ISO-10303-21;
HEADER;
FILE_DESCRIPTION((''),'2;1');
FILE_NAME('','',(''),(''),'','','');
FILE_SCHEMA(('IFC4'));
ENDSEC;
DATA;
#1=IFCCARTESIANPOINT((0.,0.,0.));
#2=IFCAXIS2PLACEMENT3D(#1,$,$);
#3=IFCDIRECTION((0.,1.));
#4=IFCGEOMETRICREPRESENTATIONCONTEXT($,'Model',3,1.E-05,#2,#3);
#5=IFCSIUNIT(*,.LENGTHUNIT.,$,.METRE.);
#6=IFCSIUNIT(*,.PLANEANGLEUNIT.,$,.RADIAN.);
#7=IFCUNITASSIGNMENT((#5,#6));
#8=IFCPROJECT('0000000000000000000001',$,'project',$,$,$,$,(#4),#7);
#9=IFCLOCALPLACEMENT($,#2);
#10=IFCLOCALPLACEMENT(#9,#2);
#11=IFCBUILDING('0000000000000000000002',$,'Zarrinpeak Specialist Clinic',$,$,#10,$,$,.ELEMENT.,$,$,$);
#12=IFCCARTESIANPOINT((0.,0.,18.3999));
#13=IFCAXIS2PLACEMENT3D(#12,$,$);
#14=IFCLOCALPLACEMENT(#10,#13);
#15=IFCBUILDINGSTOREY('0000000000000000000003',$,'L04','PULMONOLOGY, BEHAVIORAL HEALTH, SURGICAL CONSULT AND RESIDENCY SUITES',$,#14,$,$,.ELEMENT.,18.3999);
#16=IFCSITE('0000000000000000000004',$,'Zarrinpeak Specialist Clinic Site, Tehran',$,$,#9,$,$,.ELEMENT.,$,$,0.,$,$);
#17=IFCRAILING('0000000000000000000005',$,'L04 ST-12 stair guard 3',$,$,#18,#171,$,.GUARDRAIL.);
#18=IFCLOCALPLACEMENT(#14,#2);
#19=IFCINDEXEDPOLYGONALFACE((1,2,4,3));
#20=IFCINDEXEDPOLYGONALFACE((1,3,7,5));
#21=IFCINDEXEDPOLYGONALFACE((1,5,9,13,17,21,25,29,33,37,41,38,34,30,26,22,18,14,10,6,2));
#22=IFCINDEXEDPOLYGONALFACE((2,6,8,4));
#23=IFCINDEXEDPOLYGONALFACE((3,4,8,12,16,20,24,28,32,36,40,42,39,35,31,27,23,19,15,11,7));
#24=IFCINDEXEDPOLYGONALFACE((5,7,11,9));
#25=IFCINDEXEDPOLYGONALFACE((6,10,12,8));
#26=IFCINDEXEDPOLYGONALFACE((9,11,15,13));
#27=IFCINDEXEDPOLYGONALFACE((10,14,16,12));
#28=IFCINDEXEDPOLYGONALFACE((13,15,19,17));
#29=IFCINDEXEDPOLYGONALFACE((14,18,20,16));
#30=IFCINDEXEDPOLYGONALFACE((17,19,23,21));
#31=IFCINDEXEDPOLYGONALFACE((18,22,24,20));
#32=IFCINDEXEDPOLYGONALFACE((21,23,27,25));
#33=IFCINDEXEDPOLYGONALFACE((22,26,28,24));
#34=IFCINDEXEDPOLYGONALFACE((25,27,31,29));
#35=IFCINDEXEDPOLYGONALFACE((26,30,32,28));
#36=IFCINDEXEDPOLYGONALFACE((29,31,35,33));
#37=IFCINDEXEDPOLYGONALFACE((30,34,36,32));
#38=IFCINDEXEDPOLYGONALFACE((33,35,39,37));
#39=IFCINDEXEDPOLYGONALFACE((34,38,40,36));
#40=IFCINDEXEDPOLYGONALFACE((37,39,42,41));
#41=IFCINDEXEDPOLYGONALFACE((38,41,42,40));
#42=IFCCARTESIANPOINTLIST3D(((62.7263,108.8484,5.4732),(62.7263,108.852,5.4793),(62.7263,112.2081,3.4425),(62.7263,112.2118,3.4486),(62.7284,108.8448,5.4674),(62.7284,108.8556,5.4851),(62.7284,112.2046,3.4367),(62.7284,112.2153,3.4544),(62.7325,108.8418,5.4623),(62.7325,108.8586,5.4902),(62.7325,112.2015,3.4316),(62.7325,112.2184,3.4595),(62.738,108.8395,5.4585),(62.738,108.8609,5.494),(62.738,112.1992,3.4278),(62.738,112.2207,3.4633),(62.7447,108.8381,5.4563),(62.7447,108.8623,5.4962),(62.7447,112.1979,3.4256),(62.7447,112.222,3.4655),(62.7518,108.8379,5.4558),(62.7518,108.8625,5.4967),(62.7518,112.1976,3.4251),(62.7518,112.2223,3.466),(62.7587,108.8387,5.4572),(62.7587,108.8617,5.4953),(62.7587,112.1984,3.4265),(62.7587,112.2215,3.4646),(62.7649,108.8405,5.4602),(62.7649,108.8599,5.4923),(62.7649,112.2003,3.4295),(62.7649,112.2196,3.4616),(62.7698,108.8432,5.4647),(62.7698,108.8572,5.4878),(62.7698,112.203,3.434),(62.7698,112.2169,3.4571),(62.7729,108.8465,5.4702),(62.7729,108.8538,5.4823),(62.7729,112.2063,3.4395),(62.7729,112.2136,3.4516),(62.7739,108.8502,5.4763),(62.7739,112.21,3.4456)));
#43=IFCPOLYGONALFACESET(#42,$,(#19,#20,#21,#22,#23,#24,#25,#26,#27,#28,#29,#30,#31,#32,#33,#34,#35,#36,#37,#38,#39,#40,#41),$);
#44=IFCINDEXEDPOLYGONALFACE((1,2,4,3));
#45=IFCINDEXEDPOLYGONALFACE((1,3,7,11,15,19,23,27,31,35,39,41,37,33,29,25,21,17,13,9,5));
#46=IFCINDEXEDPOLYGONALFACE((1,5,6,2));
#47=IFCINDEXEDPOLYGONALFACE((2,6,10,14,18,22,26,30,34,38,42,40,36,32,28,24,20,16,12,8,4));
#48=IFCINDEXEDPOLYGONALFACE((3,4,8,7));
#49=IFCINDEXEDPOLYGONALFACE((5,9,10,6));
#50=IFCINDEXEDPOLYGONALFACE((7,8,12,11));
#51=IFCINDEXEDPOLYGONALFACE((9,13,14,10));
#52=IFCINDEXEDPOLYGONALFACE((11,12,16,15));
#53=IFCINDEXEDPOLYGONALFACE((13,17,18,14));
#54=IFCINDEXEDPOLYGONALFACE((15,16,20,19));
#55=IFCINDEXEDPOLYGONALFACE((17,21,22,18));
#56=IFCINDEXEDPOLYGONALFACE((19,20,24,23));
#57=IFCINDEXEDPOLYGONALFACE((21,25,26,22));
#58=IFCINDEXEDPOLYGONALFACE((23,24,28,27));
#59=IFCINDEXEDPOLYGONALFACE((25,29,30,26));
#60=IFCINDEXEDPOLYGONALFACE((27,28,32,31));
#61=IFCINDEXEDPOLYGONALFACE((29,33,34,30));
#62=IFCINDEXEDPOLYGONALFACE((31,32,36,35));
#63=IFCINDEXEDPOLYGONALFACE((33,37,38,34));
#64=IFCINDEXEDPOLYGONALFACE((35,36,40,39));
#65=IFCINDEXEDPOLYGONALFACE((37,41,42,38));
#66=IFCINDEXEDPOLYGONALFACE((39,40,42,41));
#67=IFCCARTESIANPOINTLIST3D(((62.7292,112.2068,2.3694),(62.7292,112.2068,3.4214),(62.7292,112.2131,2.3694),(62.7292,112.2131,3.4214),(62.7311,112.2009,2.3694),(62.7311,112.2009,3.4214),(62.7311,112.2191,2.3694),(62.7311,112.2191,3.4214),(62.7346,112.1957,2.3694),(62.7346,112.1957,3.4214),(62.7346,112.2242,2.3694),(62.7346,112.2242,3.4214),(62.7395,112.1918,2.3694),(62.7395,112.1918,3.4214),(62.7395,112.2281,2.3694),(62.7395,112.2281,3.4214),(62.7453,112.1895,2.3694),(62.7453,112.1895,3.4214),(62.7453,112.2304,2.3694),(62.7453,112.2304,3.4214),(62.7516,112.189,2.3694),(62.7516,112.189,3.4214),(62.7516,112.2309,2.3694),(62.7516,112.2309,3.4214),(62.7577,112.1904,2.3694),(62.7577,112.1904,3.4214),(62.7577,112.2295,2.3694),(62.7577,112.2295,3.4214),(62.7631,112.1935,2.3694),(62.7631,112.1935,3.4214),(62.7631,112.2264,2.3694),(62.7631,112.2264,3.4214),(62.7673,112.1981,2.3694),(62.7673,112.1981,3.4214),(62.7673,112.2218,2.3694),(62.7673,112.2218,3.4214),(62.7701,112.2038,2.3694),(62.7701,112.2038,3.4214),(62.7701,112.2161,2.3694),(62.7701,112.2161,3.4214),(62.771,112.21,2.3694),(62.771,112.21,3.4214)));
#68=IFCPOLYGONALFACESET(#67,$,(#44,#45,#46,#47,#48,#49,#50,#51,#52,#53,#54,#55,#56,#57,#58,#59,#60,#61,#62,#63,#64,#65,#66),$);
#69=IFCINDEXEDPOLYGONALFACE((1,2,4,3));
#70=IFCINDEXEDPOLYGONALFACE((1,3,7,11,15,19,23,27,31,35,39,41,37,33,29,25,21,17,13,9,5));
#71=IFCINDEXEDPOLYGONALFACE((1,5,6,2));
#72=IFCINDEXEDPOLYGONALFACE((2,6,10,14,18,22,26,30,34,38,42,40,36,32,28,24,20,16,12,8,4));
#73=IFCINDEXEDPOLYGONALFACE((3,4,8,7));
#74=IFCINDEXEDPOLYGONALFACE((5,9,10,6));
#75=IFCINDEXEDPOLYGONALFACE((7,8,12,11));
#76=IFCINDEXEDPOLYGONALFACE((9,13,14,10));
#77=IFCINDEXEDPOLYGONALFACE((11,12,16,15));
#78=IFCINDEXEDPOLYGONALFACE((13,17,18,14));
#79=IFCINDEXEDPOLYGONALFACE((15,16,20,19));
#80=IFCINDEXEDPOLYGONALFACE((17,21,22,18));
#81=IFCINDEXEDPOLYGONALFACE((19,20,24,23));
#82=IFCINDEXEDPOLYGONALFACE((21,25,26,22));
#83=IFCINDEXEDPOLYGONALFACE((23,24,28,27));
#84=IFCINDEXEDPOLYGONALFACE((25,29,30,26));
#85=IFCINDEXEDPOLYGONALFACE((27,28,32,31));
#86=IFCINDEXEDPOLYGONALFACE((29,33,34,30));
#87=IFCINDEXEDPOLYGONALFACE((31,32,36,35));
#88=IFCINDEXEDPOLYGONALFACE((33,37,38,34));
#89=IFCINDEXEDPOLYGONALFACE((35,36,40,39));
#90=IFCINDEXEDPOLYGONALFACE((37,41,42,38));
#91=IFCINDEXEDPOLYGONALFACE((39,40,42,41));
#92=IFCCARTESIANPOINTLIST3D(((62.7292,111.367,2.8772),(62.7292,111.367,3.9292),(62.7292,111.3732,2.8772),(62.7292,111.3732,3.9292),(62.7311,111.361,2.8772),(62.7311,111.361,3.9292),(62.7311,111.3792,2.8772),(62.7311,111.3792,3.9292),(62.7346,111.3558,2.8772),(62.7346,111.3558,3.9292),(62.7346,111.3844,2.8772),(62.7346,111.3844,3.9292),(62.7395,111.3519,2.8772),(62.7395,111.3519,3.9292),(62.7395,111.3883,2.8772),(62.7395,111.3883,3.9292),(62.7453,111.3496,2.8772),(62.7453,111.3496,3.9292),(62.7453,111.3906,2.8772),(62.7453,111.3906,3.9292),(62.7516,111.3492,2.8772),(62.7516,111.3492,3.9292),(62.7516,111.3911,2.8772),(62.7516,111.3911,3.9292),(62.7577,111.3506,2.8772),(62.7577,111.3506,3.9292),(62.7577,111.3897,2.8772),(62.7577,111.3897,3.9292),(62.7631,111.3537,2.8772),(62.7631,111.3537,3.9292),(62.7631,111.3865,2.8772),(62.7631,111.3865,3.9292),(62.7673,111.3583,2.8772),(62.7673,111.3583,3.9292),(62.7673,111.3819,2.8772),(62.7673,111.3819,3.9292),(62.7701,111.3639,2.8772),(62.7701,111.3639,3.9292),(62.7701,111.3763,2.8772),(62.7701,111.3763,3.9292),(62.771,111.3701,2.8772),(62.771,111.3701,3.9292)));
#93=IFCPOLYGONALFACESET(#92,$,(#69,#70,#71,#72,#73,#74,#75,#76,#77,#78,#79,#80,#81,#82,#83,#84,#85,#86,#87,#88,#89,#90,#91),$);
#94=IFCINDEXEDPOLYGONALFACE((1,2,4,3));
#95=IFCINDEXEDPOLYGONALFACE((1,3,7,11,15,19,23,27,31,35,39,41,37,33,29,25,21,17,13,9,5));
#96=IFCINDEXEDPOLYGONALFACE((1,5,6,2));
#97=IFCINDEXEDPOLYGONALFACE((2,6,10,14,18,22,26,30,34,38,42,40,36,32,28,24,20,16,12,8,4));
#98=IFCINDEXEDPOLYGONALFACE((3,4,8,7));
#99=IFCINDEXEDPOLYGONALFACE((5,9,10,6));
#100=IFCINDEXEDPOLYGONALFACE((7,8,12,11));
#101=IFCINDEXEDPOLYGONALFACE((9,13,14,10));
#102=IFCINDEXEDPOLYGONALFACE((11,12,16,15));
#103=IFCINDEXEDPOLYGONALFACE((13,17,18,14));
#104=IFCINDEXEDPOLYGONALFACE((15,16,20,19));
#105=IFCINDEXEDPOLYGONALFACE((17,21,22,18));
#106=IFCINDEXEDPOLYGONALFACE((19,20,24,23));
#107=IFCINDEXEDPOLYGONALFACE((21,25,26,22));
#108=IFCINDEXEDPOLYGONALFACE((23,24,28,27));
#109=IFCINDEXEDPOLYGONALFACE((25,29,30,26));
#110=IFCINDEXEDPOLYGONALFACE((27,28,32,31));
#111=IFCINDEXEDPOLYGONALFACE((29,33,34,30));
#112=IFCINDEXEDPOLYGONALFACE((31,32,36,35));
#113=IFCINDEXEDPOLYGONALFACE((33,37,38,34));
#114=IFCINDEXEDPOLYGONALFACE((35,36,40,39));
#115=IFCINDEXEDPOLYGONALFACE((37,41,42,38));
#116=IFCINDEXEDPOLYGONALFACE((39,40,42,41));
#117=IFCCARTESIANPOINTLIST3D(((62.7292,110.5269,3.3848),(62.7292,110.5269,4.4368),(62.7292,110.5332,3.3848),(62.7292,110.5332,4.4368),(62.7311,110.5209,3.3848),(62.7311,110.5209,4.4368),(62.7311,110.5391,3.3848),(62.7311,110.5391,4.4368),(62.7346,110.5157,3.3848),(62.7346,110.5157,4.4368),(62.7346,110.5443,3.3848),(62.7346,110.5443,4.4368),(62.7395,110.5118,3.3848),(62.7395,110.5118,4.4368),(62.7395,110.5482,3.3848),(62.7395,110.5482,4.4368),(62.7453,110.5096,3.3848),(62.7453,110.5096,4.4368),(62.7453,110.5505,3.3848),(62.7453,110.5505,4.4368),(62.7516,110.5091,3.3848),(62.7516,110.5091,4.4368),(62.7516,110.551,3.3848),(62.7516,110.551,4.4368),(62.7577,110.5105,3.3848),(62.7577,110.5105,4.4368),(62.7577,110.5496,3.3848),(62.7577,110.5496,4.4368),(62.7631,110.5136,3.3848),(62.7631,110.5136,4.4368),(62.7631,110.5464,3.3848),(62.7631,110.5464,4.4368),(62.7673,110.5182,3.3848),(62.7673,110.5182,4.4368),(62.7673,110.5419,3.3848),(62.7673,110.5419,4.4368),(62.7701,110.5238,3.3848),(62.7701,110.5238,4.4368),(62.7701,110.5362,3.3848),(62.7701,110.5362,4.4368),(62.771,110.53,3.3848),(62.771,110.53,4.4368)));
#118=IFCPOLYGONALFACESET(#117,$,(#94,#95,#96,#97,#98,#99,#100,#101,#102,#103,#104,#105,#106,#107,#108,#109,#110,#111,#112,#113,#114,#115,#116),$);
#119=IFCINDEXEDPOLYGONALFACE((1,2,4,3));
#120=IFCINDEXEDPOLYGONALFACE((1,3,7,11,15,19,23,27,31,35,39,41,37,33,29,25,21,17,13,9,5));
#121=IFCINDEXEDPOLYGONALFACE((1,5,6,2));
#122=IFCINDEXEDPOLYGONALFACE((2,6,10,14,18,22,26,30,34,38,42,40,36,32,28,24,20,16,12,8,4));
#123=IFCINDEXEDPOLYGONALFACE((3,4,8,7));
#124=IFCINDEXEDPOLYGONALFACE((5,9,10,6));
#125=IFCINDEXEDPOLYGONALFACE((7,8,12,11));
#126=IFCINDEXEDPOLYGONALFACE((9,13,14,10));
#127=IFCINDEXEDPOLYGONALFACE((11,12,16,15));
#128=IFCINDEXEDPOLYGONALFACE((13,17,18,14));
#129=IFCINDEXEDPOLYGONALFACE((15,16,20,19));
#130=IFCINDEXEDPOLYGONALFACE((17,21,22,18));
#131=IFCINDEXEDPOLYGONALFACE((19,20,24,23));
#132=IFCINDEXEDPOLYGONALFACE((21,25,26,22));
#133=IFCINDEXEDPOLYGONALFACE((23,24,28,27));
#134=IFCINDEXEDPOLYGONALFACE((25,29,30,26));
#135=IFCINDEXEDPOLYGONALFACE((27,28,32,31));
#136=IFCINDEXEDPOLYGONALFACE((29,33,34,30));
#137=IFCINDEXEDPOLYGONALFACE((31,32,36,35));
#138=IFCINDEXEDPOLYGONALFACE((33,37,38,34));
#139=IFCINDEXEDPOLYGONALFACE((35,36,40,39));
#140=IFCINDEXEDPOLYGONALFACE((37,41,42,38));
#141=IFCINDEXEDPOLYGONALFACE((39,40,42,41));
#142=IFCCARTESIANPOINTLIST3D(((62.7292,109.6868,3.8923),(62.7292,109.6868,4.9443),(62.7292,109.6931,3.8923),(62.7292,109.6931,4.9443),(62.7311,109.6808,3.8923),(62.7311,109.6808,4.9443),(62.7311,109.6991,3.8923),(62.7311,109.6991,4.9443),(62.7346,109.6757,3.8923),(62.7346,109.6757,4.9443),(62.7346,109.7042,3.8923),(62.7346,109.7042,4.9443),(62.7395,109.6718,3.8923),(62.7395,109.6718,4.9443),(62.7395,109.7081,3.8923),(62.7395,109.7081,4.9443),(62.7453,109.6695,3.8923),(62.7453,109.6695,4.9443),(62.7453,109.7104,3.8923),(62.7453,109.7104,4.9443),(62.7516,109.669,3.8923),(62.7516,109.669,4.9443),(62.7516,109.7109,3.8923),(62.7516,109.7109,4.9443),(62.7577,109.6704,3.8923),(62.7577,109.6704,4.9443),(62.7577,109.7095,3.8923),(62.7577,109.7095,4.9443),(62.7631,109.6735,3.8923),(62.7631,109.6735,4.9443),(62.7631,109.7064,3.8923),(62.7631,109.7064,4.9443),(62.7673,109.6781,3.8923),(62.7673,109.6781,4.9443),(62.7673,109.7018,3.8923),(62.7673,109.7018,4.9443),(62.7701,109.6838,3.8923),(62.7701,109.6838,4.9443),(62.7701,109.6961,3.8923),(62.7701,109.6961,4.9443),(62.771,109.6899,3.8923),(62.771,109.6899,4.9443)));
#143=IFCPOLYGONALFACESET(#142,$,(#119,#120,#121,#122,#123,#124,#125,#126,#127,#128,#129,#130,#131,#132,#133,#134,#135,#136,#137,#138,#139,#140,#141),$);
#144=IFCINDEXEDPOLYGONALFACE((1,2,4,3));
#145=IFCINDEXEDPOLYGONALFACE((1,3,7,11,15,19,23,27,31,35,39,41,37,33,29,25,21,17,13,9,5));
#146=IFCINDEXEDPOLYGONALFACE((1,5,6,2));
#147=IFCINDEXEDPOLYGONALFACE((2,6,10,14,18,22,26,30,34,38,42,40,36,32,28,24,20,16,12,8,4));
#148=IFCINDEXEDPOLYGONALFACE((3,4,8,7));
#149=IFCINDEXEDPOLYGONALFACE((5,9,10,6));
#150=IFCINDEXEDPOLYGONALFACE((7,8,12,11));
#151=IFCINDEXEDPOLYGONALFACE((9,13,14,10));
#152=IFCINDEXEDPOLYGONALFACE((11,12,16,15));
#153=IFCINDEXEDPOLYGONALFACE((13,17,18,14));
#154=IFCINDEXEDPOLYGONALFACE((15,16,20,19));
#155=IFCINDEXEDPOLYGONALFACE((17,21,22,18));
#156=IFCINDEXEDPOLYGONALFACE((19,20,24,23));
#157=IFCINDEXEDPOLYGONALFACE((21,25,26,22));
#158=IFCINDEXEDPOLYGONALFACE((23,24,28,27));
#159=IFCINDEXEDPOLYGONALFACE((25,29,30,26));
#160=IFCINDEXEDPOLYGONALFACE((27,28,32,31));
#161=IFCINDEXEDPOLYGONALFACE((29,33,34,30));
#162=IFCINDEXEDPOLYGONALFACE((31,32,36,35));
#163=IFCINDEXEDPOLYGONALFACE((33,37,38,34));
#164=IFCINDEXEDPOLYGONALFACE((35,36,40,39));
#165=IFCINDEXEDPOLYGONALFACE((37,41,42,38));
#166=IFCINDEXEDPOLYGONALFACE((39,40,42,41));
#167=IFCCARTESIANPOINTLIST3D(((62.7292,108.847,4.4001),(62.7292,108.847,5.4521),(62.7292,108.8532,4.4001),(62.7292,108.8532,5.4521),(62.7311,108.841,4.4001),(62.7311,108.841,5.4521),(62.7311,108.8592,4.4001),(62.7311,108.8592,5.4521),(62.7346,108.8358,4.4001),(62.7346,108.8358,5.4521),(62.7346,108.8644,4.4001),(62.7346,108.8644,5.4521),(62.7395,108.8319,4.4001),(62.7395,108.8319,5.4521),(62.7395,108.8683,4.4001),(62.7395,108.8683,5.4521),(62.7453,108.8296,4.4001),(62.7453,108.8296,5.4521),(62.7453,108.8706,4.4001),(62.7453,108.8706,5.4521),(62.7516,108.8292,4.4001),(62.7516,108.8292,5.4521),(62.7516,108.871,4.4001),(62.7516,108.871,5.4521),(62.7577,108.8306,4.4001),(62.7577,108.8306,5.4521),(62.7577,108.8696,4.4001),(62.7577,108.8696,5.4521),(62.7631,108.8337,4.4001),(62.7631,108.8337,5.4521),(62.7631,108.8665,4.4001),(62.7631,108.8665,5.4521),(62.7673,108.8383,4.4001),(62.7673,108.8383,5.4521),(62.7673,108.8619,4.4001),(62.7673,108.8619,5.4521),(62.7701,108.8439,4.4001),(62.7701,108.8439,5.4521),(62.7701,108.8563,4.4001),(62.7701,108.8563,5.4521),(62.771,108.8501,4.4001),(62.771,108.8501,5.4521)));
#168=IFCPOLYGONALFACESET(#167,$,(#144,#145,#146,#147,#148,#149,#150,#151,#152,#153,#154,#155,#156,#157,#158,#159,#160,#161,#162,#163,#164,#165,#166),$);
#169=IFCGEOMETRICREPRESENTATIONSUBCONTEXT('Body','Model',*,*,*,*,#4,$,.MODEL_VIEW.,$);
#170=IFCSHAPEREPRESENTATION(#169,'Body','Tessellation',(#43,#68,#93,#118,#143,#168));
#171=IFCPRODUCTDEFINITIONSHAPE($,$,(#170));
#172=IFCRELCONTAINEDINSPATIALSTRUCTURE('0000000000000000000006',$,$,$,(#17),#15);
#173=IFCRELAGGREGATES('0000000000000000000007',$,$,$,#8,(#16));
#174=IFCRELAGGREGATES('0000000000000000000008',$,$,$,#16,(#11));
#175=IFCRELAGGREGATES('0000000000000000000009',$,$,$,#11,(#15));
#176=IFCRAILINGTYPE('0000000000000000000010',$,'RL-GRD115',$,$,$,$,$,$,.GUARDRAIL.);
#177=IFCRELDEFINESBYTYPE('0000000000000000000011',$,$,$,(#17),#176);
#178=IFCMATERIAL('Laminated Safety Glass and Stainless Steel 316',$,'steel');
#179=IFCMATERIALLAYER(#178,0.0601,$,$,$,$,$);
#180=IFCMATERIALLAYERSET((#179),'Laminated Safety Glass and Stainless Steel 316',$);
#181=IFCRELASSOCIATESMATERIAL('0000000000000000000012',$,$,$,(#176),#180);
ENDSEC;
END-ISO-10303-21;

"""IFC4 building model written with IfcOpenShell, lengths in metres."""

from ifc_helpers import new_model, si_unit, direction, frame, origin, origin_2d, place, context, subcontext, project, spatial, circle, extrude, material, layer, layer_set, type_object, element, save


model = new_model("IFC4")

# Units and contexts
model_context = context("Model", 3, precision=1e-05, world=origin(), true_north=direction((0.0, 1.0)))
body_context = subcontext(model_context, "Body", "Model", "MODEL_VIEW")
ifc_project = project(units=[si_unit("LENGTHUNIT", "METRE"), si_unit("PLANEANGLEUNIT", "RADIAN")], contexts=[model_context])

# Site, building, storey
site_placement = place(None, origin())
site = spatial("IfcSite", under=ifc_project, at=site_placement, Name="Zarrinpeak Specialist Clinic Site, Tehran", CompositionType="ELEMENT", RefElevation=0.0)
building_placement = place(site_placement, origin())
building = spatial("IfcBuilding", under=site, at=building_placement, Name="Zarrinpeak Specialist Clinic", CompositionType="ELEMENT")
storey_placement = place(building_placement, frame((0.0, 0.0, 18.3999)))
storey = spatial("IfcBuildingStorey", under=building, at=storey_placement, Name="L04", Description="PULMONOLOGY, BEHAVIORAL HEALTH, SURGICAL CONSULT AND RESIDENCY SUITES", CompositionType="ELEMENT", Elevation=18.3999)

# Railing
ifc_material_1 = material(Name="Laminated Safety Glass and Stainless Steel 316", Category="steel")
ifc_layer_1 = layer(ifc_material_1, 0.0601)
ifc_layer_set_1 = layer_set([ifc_layer_1], Name="Laminated Safety Glass and Stainless Steel 316")
railing_type_1 = type_object("IfcRailingType", Name="RL-GRD115", PredefinedType="GUARDRAIL", material=ifc_layer_set_1)
railing_1_placement = place(storey_placement, frame((62.75, 112.21, 2.3694)))
element("IfcRailing", 1, at=railing_1_placement, inside=storey, type_object=railing_type_1, Name="L04 ST-12 stair guard 3", PredefinedType="GUARDRAIL", context=body_context, shape_type="SweptSolid", body=[
    extrude(circle(Radius=0.0239, at=origin_2d()), frame((0.0, 0.0, 1.0762), z_axis=(0.0, -0.85582, 0.517273), x_axis=(1.0, 0.0, 0.0)), (0.0, 0.0, 1.0), 3.9258),
    extrude(circle(Radius=0.021, at=origin_2d()), origin(), (0.0, 0.0, 1.0), 1.052),
    extrude(circle(Radius=0.021, at=origin_2d()), frame((0.0, -0.8398, 0.5078)), (0.0, 0.0, 1.0), 1.052),
    extrude(circle(Radius=0.021, at=origin_2d()), frame((0.0, -1.6799, 1.0154)), (0.0, 0.0, 1.0), 1.052),
    extrude(circle(Radius=0.021, at=origin_2d()), frame((0.0, -2.52, 1.5229)), (0.0, 0.0, 1.0), 1.052),
    extrude(circle(Radius=0.021, at=origin_2d()), frame((0.0, -3.3599, 2.0308)), (0.0, 0.0, 1.0), 1.052),
])

save(model, "model.ifc")
